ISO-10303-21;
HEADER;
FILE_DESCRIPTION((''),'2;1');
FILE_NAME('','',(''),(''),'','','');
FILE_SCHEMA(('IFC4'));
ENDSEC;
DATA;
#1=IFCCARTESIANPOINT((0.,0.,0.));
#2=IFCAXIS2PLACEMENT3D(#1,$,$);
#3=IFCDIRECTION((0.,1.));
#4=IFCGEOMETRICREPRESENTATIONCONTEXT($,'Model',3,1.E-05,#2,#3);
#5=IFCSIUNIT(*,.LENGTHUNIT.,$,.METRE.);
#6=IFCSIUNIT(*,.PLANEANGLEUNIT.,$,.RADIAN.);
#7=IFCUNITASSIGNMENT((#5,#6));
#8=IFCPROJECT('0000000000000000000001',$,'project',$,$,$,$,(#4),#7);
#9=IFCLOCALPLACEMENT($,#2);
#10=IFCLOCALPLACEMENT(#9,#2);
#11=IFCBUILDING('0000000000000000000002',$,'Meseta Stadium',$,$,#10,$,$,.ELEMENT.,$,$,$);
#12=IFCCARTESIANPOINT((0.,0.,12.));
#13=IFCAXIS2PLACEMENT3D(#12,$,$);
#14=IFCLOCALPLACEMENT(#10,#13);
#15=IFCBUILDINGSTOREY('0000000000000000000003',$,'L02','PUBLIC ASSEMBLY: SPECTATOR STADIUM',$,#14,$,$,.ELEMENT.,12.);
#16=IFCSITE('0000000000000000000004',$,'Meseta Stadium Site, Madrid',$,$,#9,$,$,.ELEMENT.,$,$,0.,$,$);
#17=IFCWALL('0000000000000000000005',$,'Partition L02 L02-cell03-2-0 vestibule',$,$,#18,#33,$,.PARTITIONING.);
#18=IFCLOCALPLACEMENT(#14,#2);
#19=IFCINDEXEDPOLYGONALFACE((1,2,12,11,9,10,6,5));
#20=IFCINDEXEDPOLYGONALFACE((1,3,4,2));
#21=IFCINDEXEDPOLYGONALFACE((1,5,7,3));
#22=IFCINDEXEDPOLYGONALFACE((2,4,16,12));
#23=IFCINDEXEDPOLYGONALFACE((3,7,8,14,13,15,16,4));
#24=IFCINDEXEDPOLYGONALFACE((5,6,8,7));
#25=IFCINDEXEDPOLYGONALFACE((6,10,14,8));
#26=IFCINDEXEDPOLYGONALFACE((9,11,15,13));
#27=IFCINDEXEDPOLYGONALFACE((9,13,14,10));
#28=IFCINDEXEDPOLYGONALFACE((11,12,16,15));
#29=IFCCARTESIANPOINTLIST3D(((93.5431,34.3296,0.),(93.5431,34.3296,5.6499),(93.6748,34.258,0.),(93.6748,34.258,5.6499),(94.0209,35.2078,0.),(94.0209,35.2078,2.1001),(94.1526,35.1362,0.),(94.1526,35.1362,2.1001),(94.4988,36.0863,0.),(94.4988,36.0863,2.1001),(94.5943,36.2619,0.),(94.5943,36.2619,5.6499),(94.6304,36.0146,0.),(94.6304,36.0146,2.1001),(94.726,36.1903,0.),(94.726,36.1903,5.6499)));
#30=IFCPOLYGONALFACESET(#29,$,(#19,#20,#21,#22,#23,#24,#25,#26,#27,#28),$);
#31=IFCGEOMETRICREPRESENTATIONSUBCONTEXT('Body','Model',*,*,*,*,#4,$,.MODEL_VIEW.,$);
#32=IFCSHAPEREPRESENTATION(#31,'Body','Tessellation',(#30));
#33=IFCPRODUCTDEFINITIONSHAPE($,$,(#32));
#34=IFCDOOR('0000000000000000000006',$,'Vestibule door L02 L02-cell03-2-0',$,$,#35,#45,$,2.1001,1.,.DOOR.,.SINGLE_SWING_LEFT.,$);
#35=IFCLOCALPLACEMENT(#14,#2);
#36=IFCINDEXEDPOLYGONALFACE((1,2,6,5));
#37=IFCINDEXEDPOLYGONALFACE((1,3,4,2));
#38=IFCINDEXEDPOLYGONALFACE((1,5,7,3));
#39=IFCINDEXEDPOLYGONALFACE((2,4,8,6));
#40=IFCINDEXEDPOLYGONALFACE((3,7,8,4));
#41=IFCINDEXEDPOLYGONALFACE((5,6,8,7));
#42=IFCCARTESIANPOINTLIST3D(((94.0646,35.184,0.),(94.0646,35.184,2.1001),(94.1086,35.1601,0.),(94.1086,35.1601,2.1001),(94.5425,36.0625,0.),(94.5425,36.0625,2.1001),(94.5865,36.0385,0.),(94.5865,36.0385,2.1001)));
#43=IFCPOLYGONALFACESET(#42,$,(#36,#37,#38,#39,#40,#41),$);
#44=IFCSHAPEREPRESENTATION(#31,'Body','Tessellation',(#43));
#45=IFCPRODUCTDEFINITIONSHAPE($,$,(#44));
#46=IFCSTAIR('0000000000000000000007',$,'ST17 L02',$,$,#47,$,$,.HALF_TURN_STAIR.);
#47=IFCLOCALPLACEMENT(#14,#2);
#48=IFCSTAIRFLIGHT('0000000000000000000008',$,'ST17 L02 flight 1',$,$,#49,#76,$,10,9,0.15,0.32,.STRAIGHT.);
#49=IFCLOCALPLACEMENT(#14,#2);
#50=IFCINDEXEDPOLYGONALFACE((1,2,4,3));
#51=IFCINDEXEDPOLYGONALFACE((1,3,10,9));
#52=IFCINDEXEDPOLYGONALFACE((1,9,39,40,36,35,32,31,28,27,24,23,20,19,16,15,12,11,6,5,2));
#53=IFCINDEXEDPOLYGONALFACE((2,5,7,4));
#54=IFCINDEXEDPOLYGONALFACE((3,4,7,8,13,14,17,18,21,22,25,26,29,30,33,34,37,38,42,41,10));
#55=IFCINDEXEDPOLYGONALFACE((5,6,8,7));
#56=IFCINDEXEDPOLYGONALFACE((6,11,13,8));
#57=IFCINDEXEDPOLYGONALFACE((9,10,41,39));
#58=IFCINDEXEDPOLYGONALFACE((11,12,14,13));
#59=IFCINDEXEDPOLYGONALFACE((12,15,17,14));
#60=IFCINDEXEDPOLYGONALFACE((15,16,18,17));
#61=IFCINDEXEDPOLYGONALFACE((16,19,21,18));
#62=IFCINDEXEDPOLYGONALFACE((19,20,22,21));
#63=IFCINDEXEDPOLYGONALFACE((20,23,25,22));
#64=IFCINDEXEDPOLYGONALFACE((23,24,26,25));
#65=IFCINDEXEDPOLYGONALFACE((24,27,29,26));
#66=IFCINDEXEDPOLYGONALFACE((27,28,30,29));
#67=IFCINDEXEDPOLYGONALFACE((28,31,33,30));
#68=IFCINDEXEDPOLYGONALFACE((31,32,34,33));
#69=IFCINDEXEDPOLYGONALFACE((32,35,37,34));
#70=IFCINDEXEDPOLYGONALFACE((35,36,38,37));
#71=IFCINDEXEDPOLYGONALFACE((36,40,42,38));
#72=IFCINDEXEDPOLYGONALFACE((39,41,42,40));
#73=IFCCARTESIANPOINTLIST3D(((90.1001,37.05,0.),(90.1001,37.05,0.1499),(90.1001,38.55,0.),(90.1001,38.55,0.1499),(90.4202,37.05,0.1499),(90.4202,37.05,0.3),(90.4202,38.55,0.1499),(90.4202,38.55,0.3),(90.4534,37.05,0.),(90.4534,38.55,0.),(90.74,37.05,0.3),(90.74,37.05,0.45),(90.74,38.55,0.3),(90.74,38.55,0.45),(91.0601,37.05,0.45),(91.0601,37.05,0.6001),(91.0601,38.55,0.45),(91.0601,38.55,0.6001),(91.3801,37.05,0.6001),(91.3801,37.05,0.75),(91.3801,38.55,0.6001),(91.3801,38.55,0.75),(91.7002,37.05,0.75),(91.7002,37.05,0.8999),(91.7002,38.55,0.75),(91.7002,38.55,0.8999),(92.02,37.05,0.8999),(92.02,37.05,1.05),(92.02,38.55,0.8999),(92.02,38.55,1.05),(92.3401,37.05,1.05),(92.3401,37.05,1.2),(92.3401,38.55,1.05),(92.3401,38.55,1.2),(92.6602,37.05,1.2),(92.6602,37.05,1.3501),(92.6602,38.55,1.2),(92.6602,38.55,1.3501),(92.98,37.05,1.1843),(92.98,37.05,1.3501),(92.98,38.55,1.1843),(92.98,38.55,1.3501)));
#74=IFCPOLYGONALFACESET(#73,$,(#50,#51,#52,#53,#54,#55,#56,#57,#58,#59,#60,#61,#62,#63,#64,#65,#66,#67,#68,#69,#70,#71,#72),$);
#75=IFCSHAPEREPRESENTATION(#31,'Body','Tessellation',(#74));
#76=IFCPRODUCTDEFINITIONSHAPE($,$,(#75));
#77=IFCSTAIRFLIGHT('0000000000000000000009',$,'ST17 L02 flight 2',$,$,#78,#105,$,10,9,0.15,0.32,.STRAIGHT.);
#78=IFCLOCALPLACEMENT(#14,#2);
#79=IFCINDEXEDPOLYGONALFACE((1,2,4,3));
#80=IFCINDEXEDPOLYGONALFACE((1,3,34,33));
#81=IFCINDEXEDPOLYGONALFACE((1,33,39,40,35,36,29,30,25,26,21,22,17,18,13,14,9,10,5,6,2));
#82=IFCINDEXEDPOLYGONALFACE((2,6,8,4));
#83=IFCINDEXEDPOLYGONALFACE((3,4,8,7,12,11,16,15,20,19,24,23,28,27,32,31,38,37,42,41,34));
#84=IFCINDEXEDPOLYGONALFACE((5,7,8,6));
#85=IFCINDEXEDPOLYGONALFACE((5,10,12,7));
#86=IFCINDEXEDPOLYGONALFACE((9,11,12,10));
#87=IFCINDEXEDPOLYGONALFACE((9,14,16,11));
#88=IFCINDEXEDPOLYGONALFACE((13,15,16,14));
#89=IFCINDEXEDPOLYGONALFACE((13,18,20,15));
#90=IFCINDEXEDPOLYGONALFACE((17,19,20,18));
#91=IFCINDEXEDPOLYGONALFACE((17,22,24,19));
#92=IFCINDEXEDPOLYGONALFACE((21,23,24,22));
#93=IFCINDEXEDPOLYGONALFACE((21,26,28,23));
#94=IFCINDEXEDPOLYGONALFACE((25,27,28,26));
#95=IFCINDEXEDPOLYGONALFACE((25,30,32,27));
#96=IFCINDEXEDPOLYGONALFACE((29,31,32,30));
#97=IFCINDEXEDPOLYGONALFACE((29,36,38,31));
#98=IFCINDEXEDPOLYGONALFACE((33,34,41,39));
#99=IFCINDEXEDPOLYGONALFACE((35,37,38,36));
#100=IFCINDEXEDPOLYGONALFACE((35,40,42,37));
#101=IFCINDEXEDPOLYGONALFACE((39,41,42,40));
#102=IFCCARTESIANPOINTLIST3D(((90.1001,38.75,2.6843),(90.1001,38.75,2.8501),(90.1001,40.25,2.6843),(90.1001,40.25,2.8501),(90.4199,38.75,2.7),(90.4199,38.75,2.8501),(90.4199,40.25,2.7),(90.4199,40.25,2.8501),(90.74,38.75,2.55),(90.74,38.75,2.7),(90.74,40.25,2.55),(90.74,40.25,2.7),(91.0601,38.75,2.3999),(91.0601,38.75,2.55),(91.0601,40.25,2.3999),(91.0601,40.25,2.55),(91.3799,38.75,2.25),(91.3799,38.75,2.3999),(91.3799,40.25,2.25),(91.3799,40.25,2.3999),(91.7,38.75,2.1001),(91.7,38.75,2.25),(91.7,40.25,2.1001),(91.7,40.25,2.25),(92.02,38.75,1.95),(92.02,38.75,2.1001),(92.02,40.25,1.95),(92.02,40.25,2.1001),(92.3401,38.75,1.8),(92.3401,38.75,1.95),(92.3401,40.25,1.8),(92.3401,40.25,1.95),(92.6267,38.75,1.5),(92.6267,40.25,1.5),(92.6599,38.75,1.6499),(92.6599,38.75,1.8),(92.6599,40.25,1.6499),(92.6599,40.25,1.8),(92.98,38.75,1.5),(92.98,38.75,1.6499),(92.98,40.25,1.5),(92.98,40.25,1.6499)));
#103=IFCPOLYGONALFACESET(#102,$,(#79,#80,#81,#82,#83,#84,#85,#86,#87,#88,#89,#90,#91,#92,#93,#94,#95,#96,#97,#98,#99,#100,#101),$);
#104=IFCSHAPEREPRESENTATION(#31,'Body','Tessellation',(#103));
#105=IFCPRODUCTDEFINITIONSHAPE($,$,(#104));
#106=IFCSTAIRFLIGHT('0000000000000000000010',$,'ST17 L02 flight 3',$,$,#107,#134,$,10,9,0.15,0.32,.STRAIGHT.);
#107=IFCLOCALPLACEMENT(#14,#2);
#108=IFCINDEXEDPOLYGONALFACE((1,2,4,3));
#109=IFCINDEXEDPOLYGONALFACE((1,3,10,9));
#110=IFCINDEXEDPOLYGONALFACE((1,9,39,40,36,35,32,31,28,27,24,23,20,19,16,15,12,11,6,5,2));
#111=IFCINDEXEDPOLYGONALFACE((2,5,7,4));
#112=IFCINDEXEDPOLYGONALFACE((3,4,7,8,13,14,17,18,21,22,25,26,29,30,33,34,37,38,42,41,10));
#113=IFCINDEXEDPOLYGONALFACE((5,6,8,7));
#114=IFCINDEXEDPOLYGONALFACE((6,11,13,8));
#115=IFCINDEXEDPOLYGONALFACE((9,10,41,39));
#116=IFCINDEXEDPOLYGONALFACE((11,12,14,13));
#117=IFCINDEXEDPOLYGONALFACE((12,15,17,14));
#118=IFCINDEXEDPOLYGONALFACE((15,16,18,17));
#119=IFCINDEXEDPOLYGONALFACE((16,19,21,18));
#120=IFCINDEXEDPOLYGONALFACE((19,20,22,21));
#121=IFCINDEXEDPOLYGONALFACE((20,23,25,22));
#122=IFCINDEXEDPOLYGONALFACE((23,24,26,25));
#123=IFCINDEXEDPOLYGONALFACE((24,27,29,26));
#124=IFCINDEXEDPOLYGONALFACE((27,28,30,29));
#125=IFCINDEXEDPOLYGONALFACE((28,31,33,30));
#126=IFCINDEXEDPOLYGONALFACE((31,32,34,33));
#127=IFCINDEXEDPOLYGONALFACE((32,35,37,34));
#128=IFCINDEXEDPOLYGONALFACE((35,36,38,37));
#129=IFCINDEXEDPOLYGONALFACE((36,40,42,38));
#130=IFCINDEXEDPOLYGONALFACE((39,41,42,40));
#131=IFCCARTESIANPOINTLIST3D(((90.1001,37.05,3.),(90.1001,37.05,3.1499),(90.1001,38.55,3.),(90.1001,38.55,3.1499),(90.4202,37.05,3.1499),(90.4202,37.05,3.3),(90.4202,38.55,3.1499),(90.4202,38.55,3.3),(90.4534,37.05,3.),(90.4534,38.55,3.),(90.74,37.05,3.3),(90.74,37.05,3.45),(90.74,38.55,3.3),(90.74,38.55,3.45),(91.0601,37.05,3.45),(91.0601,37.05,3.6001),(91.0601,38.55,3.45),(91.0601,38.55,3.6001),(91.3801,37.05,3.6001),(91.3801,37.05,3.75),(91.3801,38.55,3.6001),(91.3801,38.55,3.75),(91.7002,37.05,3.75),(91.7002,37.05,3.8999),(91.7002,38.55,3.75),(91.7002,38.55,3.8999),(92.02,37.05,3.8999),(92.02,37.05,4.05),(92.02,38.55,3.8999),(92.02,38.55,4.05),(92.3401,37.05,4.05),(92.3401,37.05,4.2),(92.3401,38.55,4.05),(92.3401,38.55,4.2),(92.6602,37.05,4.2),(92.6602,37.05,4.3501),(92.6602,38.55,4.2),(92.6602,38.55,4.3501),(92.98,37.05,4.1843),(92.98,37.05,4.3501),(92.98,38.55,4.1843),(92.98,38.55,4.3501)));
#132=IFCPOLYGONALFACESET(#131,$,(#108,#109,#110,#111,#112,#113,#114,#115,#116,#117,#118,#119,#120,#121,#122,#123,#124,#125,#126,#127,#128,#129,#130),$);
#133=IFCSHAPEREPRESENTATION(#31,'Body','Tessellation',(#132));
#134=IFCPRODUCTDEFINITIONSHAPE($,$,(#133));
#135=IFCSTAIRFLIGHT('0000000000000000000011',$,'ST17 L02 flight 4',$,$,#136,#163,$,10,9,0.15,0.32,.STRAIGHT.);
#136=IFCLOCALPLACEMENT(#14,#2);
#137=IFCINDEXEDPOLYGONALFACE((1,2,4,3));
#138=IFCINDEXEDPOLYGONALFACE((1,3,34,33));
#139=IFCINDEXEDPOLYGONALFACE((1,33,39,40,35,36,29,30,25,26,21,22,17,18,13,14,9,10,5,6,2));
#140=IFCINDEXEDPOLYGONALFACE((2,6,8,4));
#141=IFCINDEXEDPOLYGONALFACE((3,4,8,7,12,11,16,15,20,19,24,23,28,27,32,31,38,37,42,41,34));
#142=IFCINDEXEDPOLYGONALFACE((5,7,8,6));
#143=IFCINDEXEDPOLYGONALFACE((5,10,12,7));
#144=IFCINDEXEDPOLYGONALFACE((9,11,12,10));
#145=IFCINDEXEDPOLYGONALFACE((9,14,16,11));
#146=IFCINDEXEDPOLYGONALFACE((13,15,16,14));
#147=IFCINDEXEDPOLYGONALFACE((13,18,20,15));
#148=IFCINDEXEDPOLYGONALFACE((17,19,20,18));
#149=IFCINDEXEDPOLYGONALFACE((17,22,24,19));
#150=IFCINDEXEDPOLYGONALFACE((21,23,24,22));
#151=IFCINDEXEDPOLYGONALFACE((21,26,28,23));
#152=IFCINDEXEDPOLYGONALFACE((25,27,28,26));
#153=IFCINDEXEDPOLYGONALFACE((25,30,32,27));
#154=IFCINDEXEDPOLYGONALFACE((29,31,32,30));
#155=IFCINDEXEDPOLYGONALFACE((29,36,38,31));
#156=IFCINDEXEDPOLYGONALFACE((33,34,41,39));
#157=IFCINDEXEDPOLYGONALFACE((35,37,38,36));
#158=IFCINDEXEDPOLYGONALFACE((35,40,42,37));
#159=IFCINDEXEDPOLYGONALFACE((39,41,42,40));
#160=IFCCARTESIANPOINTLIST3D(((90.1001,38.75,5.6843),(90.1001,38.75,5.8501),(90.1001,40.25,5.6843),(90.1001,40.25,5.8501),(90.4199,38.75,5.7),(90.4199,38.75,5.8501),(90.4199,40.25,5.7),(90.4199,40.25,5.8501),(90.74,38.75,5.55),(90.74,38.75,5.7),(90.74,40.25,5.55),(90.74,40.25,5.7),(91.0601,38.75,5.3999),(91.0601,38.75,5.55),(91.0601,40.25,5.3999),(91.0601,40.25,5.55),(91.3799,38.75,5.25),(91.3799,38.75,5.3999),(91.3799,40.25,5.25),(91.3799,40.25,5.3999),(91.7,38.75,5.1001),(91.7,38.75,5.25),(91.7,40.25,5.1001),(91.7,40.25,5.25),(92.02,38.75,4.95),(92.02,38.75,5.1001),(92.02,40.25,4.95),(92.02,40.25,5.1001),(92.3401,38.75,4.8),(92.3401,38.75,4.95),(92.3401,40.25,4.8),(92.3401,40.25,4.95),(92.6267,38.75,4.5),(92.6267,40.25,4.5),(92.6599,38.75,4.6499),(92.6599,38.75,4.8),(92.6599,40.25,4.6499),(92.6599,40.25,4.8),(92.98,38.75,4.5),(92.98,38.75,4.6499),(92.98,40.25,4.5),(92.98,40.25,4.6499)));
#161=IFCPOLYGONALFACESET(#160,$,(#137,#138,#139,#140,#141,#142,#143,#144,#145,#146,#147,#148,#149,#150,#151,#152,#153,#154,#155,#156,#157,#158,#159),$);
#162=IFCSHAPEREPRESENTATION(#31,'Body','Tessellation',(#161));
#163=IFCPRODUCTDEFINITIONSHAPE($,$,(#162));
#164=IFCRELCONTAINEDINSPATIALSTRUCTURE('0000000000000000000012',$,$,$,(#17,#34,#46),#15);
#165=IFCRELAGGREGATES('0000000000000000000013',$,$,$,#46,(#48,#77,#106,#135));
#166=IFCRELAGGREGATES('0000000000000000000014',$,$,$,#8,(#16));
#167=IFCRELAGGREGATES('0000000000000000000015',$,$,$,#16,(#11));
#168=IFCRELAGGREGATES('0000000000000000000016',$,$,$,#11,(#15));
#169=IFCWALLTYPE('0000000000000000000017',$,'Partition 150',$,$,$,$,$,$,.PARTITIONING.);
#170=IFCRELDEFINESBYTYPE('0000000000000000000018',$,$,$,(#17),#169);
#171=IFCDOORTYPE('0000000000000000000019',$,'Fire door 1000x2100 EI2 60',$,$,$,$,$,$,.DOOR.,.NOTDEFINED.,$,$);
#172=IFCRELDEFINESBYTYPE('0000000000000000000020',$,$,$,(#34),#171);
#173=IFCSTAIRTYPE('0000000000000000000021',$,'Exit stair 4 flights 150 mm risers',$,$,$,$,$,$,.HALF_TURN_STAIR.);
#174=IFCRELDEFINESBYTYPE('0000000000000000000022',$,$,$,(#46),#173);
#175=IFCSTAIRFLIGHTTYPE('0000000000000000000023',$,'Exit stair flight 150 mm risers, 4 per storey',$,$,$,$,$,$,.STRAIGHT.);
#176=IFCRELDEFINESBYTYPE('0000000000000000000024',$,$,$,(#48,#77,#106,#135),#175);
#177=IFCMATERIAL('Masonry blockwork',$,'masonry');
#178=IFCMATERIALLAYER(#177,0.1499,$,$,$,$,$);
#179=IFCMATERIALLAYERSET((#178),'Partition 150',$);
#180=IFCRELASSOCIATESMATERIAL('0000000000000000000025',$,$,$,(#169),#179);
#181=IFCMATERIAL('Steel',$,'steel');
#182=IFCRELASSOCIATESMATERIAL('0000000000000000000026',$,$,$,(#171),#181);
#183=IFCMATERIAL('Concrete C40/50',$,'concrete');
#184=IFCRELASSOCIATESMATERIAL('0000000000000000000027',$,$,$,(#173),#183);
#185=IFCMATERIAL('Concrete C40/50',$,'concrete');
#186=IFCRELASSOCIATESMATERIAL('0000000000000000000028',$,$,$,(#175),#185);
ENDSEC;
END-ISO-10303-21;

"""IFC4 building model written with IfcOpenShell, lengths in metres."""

from ifc_helpers import new_model, si_unit, direction, frame, frame_2d, origin, place, context, subcontext, project, spatial, polyline, rectangle, outline, extrude, material, layer, layer_set, type_object, element, fill, aggregate, save


model = new_model("IFC4")

# Units and contexts
model_context = context("Model", 3, precision=1e-05, world=origin(), true_north=direction((0.0, 1.0)))
body_context = subcontext(model_context, "Body", "Model", "MODEL_VIEW")
ifc_project = project(units=[si_unit("LENGTHUNIT", "METRE"), si_unit("PLANEANGLEUNIT", "RADIAN")], contexts=[model_context])

# Site, building, storey
site_placement = place(None, origin())
site = spatial("IfcSite", under=ifc_project, at=site_placement, Name="Meseta Stadium Site, Madrid", CompositionType="ELEMENT", RefElevation=0.0)
building_placement = place(site_placement, origin())
building = spatial("IfcBuilding", under=site, at=building_placement, Name="Meseta Stadium", CompositionType="ELEMENT")
storey_placement = place(building_placement, frame((0.0, 0.0, 12.0)))
storey = spatial("IfcBuildingStorey", under=building, at=storey_placement, Name="L02", Description="PUBLIC ASSEMBLY: SPECTATOR STADIUM", CompositionType="ELEMENT", Elevation=12.0)

# Shared definitions
ifc_material_1 = material(Name="Masonry blockwork", Category="masonry")
ifc_layer_1 = layer(ifc_material_1, 0.1499)
ifc_layer_set_1 = layer_set([ifc_layer_1], Name="Partition 150")
wall_type_1 = type_object("IfcWallType", Name="Partition 150", PredefinedType="PARTITIONING", material=ifc_layer_set_1)

# Wall, opening, door
wall_1_placement = place(storey_placement, frame((94.6602, 36.2261, 0.0), z_axis=(0.0, 0.0, 1.0), x_axis=(-0.477888, -0.878421, 0.0)))
wall_1 = element("IfcWall", 1, at=wall_1_placement, inside=storey, type_object=wall_type_1, Name="Partition L02 L02-cell03-2-0 vestibule", PredefinedType="PARTITIONING", context=body_context, shape_type="SweptSolid", body=[
    extrude(rectangle(XDim=2.1997, YDim=0.1499, at=frame_2d((1.0999, 0.0))), origin(), (0.0, 0.0, 1.0), 5.6499),
])
opening_1_placement = place(wall_1_placement, frame((0.2, 0.0, 0.0)))
opening_1 = element("IfcOpeningElement", 2, at=opening_1_placement, cuts=wall_1, PredefinedType="OPENING", context=body_context, shape_type="SweptSolid", body=[
    extrude(rectangle(XDim=1.0, YDim=2.1001, at=frame_2d((0.5, 1.05))), frame((0.0, 0.085, 0.0), z_axis=(0.0, -1.0, 0.0), x_axis=(1.0, 0.0, 0.0)), (0.0, 0.0, 1.0), 0.1699),
])
ifc_material_2 = material(Name="Steel", Category="steel")
door_type_1 = type_object("IfcDoorType", Name="Fire door 1000x2100 EI2 60", OperationType="NOTDEFINED", PredefinedType="DOOR", material=ifc_material_2)
door_1_placement = place(opening_1_placement, origin())
door_1 = element("IfcDoor", 3, at=door_1_placement, inside=storey, type_object=door_type_1, Name="Vestibule door L02 L02-cell03-2-0", OperationType="SINGLE_SWING_LEFT", OverallHeight=2.1001, OverallWidth=1.0, PredefinedType="DOOR", context=body_context, shape_type="SweptSolid", body=[
    extrude(rectangle(XDim=1.0, YDim=2.1001, at=frame_2d((0.5, 1.05))), frame((0.0, 0.0249, 0.0), z_axis=(0.0, -1.0, 0.0), x_axis=(1.0, 0.0, 0.0)), (0.0, 0.0, 1.0), 0.05),
])
fill(opening_1, door_1)

# Stair, stair flights
ifc_material_3 = material(Name="Concrete C40/50", Category="concrete")
stair_type = type_object("IfcStairType", Name="Exit stair 4 flights 150 mm risers", PredefinedType="HALF_TURN_STAIR", material=ifc_material_3)
stair_1_placement = place(storey_placement, origin())
stair_1 = element("IfcStair", 4, at=stair_1_placement, inside=storey, type_object=stair_type, Name="ST17 L02", PredefinedType="HALF_TURN_STAIR")
ifc_material_4 = material(Name="Concrete C40/50", Category="concrete")
stair_flight_type = type_object("IfcStairFlightType", Name="Exit stair flight 150 mm risers, 4 per storey", PredefinedType="STRAIGHT", material=ifc_material_4)
stair_flight_1_placement = place(storey_placement, frame((90.1001, 37.8, 0.0), z_axis=(0.0, 0.0, 1.0), x_axis=(1.0, 0.0, 0.0)))
stair_flight_1 = element("IfcStairFlight", 5, at=stair_flight_1_placement, type_object=stair_flight_type, Name="ST17 L02 flight 1", NumberOfRisers=10, NumberOfTreads=9, PredefinedType="STRAIGHT", RiserHeight=0.15, TreadLength=0.32, context=body_context, shape_type="SweptSolid", body=[
    extrude(outline(polyline([(0.0, 0.0), (0.0, 0.1499), (0.3201, 0.1499), (0.3201, 0.3), (0.6399, 0.3), (0.6399, 0.45), (0.96, 0.45), (0.96, 0.6001), (1.28, 0.6001), (1.28, 0.75), (1.6001, 0.75), (1.6001, 0.8999), (1.9199, 0.8999), (1.9199, 1.05), (2.24, 1.05), (2.24, 1.2), (2.5601, 1.2), (2.5601, 1.3501), (2.8799, 1.3501), (2.8799, 1.1843), (0.3533, 0.0), (0.0, 0.0)])), frame((0.0, 0.75, 0.0), z_axis=(0.0, -1.0, 0.0), x_axis=(1.0, 0.0, 0.0)), (0.0, 0.0, 1.0), 1.5),
])
stair_flight_2_placement = place(storey_placement, frame((92.98, 39.5, 1.5), z_axis=(0.0, 0.0, 1.0), x_axis=(-1.0, 0.0, 0.0)))
stair_flight_2 = element("IfcStairFlight", 6, at=stair_flight_2_placement, type_object=stair_flight_type, Name="ST17 L02 flight 2", NumberOfRisers=10, NumberOfTreads=9, PredefinedType="STRAIGHT", RiserHeight=0.15, TreadLength=0.32, context=body_context, shape_type="SweptSolid", body=[
    extrude(outline(polyline([(0.0, 0.0), (0.0, 0.1499), (0.3201, 0.1499), (0.3201, 0.3), (0.6399, 0.3), (0.6399, 0.45), (0.96, 0.45), (0.96, 0.6001), (1.28, 0.6001), (1.28, 0.75), (1.6001, 0.75), (1.6001, 0.8999), (1.9199, 0.8999), (1.9199, 1.05), (2.24, 1.05), (2.24, 1.2), (2.5601, 1.2), (2.5601, 1.3501), (2.8799, 1.3501), (2.8799, 1.1843), (0.3533, 0.0), (0.0, 0.0)])), frame((0.0, 0.75, 0.0), z_axis=(0.0, -1.0, 0.0), x_axis=(1.0, 0.0, 0.0)), (0.0, 0.0, 1.0), 1.5),
])
stair_flight_3_placement = place(storey_placement, frame((90.1001, 37.8, 3.0), z_axis=(0.0, 0.0, 1.0), x_axis=(1.0, 0.0, 0.0)))
stair_flight_3 = element("IfcStairFlight", 7, at=stair_flight_3_placement, type_object=stair_flight_type, Name="ST17 L02 flight 3", NumberOfRisers=10, NumberOfTreads=9, PredefinedType="STRAIGHT", RiserHeight=0.15, TreadLength=0.32, context=body_context, shape_type="SweptSolid", body=[
    extrude(outline(polyline([(0.0, 0.0), (0.0, 0.1499), (0.3201, 0.1499), (0.3201, 0.3), (0.6399, 0.3), (0.6399, 0.45), (0.96, 0.45), (0.96, 0.6001), (1.28, 0.6001), (1.28, 0.75), (1.6001, 0.75), (1.6001, 0.8999), (1.9199, 0.8999), (1.9199, 1.05), (2.24, 1.05), (2.24, 1.2), (2.5601, 1.2), (2.5601, 1.3501), (2.8799, 1.3501), (2.8799, 1.1843), (0.3533, 0.0), (0.0, 0.0)])), frame((0.0, 0.75, 0.0), z_axis=(0.0, -1.0, 0.0), x_axis=(1.0, 0.0, 0.0)), (0.0, 0.0, 1.0), 1.5),
])
stair_flight_4_placement = place(storey_placement, frame((92.98, 39.5, 4.5), z_axis=(0.0, 0.0, 1.0), x_axis=(-1.0, 0.0, 0.0)))
stair_flight_4 = element("IfcStairFlight", 8, at=stair_flight_4_placement, type_object=stair_flight_type, Name="ST17 L02 flight 4", NumberOfRisers=10, NumberOfTreads=9, PredefinedType="STRAIGHT", RiserHeight=0.15, TreadLength=0.32, context=body_context, shape_type="SweptSolid", body=[
    extrude(outline(polyline([(0.0, 0.0), (0.0, 0.1499), (0.3201, 0.1499), (0.3201, 0.3), (0.6399, 0.3), (0.6399, 0.45), (0.96, 0.45), (0.96, 0.6001), (1.28, 0.6001), (1.28, 0.75), (1.6001, 0.75), (1.6001, 0.8999), (1.9199, 0.8999), (1.9199, 1.05), (2.24, 1.05), (2.24, 1.2), (2.5601, 1.2), (2.5601, 1.3501), (2.8799, 1.3501), (2.8799, 1.1843), (0.3533, 0.0), (0.0, 0.0)])), frame((0.0, 0.75, 0.0), z_axis=(0.0, -1.0, 0.0), x_axis=(1.0, 0.0, 0.0)), (0.0, 0.0, 1.0), 1.5),
])
aggregate(stair_1, [stair_flight_1, stair_flight_2, stair_flight_3, stair_flight_4])

save(model, "model.ifc")
